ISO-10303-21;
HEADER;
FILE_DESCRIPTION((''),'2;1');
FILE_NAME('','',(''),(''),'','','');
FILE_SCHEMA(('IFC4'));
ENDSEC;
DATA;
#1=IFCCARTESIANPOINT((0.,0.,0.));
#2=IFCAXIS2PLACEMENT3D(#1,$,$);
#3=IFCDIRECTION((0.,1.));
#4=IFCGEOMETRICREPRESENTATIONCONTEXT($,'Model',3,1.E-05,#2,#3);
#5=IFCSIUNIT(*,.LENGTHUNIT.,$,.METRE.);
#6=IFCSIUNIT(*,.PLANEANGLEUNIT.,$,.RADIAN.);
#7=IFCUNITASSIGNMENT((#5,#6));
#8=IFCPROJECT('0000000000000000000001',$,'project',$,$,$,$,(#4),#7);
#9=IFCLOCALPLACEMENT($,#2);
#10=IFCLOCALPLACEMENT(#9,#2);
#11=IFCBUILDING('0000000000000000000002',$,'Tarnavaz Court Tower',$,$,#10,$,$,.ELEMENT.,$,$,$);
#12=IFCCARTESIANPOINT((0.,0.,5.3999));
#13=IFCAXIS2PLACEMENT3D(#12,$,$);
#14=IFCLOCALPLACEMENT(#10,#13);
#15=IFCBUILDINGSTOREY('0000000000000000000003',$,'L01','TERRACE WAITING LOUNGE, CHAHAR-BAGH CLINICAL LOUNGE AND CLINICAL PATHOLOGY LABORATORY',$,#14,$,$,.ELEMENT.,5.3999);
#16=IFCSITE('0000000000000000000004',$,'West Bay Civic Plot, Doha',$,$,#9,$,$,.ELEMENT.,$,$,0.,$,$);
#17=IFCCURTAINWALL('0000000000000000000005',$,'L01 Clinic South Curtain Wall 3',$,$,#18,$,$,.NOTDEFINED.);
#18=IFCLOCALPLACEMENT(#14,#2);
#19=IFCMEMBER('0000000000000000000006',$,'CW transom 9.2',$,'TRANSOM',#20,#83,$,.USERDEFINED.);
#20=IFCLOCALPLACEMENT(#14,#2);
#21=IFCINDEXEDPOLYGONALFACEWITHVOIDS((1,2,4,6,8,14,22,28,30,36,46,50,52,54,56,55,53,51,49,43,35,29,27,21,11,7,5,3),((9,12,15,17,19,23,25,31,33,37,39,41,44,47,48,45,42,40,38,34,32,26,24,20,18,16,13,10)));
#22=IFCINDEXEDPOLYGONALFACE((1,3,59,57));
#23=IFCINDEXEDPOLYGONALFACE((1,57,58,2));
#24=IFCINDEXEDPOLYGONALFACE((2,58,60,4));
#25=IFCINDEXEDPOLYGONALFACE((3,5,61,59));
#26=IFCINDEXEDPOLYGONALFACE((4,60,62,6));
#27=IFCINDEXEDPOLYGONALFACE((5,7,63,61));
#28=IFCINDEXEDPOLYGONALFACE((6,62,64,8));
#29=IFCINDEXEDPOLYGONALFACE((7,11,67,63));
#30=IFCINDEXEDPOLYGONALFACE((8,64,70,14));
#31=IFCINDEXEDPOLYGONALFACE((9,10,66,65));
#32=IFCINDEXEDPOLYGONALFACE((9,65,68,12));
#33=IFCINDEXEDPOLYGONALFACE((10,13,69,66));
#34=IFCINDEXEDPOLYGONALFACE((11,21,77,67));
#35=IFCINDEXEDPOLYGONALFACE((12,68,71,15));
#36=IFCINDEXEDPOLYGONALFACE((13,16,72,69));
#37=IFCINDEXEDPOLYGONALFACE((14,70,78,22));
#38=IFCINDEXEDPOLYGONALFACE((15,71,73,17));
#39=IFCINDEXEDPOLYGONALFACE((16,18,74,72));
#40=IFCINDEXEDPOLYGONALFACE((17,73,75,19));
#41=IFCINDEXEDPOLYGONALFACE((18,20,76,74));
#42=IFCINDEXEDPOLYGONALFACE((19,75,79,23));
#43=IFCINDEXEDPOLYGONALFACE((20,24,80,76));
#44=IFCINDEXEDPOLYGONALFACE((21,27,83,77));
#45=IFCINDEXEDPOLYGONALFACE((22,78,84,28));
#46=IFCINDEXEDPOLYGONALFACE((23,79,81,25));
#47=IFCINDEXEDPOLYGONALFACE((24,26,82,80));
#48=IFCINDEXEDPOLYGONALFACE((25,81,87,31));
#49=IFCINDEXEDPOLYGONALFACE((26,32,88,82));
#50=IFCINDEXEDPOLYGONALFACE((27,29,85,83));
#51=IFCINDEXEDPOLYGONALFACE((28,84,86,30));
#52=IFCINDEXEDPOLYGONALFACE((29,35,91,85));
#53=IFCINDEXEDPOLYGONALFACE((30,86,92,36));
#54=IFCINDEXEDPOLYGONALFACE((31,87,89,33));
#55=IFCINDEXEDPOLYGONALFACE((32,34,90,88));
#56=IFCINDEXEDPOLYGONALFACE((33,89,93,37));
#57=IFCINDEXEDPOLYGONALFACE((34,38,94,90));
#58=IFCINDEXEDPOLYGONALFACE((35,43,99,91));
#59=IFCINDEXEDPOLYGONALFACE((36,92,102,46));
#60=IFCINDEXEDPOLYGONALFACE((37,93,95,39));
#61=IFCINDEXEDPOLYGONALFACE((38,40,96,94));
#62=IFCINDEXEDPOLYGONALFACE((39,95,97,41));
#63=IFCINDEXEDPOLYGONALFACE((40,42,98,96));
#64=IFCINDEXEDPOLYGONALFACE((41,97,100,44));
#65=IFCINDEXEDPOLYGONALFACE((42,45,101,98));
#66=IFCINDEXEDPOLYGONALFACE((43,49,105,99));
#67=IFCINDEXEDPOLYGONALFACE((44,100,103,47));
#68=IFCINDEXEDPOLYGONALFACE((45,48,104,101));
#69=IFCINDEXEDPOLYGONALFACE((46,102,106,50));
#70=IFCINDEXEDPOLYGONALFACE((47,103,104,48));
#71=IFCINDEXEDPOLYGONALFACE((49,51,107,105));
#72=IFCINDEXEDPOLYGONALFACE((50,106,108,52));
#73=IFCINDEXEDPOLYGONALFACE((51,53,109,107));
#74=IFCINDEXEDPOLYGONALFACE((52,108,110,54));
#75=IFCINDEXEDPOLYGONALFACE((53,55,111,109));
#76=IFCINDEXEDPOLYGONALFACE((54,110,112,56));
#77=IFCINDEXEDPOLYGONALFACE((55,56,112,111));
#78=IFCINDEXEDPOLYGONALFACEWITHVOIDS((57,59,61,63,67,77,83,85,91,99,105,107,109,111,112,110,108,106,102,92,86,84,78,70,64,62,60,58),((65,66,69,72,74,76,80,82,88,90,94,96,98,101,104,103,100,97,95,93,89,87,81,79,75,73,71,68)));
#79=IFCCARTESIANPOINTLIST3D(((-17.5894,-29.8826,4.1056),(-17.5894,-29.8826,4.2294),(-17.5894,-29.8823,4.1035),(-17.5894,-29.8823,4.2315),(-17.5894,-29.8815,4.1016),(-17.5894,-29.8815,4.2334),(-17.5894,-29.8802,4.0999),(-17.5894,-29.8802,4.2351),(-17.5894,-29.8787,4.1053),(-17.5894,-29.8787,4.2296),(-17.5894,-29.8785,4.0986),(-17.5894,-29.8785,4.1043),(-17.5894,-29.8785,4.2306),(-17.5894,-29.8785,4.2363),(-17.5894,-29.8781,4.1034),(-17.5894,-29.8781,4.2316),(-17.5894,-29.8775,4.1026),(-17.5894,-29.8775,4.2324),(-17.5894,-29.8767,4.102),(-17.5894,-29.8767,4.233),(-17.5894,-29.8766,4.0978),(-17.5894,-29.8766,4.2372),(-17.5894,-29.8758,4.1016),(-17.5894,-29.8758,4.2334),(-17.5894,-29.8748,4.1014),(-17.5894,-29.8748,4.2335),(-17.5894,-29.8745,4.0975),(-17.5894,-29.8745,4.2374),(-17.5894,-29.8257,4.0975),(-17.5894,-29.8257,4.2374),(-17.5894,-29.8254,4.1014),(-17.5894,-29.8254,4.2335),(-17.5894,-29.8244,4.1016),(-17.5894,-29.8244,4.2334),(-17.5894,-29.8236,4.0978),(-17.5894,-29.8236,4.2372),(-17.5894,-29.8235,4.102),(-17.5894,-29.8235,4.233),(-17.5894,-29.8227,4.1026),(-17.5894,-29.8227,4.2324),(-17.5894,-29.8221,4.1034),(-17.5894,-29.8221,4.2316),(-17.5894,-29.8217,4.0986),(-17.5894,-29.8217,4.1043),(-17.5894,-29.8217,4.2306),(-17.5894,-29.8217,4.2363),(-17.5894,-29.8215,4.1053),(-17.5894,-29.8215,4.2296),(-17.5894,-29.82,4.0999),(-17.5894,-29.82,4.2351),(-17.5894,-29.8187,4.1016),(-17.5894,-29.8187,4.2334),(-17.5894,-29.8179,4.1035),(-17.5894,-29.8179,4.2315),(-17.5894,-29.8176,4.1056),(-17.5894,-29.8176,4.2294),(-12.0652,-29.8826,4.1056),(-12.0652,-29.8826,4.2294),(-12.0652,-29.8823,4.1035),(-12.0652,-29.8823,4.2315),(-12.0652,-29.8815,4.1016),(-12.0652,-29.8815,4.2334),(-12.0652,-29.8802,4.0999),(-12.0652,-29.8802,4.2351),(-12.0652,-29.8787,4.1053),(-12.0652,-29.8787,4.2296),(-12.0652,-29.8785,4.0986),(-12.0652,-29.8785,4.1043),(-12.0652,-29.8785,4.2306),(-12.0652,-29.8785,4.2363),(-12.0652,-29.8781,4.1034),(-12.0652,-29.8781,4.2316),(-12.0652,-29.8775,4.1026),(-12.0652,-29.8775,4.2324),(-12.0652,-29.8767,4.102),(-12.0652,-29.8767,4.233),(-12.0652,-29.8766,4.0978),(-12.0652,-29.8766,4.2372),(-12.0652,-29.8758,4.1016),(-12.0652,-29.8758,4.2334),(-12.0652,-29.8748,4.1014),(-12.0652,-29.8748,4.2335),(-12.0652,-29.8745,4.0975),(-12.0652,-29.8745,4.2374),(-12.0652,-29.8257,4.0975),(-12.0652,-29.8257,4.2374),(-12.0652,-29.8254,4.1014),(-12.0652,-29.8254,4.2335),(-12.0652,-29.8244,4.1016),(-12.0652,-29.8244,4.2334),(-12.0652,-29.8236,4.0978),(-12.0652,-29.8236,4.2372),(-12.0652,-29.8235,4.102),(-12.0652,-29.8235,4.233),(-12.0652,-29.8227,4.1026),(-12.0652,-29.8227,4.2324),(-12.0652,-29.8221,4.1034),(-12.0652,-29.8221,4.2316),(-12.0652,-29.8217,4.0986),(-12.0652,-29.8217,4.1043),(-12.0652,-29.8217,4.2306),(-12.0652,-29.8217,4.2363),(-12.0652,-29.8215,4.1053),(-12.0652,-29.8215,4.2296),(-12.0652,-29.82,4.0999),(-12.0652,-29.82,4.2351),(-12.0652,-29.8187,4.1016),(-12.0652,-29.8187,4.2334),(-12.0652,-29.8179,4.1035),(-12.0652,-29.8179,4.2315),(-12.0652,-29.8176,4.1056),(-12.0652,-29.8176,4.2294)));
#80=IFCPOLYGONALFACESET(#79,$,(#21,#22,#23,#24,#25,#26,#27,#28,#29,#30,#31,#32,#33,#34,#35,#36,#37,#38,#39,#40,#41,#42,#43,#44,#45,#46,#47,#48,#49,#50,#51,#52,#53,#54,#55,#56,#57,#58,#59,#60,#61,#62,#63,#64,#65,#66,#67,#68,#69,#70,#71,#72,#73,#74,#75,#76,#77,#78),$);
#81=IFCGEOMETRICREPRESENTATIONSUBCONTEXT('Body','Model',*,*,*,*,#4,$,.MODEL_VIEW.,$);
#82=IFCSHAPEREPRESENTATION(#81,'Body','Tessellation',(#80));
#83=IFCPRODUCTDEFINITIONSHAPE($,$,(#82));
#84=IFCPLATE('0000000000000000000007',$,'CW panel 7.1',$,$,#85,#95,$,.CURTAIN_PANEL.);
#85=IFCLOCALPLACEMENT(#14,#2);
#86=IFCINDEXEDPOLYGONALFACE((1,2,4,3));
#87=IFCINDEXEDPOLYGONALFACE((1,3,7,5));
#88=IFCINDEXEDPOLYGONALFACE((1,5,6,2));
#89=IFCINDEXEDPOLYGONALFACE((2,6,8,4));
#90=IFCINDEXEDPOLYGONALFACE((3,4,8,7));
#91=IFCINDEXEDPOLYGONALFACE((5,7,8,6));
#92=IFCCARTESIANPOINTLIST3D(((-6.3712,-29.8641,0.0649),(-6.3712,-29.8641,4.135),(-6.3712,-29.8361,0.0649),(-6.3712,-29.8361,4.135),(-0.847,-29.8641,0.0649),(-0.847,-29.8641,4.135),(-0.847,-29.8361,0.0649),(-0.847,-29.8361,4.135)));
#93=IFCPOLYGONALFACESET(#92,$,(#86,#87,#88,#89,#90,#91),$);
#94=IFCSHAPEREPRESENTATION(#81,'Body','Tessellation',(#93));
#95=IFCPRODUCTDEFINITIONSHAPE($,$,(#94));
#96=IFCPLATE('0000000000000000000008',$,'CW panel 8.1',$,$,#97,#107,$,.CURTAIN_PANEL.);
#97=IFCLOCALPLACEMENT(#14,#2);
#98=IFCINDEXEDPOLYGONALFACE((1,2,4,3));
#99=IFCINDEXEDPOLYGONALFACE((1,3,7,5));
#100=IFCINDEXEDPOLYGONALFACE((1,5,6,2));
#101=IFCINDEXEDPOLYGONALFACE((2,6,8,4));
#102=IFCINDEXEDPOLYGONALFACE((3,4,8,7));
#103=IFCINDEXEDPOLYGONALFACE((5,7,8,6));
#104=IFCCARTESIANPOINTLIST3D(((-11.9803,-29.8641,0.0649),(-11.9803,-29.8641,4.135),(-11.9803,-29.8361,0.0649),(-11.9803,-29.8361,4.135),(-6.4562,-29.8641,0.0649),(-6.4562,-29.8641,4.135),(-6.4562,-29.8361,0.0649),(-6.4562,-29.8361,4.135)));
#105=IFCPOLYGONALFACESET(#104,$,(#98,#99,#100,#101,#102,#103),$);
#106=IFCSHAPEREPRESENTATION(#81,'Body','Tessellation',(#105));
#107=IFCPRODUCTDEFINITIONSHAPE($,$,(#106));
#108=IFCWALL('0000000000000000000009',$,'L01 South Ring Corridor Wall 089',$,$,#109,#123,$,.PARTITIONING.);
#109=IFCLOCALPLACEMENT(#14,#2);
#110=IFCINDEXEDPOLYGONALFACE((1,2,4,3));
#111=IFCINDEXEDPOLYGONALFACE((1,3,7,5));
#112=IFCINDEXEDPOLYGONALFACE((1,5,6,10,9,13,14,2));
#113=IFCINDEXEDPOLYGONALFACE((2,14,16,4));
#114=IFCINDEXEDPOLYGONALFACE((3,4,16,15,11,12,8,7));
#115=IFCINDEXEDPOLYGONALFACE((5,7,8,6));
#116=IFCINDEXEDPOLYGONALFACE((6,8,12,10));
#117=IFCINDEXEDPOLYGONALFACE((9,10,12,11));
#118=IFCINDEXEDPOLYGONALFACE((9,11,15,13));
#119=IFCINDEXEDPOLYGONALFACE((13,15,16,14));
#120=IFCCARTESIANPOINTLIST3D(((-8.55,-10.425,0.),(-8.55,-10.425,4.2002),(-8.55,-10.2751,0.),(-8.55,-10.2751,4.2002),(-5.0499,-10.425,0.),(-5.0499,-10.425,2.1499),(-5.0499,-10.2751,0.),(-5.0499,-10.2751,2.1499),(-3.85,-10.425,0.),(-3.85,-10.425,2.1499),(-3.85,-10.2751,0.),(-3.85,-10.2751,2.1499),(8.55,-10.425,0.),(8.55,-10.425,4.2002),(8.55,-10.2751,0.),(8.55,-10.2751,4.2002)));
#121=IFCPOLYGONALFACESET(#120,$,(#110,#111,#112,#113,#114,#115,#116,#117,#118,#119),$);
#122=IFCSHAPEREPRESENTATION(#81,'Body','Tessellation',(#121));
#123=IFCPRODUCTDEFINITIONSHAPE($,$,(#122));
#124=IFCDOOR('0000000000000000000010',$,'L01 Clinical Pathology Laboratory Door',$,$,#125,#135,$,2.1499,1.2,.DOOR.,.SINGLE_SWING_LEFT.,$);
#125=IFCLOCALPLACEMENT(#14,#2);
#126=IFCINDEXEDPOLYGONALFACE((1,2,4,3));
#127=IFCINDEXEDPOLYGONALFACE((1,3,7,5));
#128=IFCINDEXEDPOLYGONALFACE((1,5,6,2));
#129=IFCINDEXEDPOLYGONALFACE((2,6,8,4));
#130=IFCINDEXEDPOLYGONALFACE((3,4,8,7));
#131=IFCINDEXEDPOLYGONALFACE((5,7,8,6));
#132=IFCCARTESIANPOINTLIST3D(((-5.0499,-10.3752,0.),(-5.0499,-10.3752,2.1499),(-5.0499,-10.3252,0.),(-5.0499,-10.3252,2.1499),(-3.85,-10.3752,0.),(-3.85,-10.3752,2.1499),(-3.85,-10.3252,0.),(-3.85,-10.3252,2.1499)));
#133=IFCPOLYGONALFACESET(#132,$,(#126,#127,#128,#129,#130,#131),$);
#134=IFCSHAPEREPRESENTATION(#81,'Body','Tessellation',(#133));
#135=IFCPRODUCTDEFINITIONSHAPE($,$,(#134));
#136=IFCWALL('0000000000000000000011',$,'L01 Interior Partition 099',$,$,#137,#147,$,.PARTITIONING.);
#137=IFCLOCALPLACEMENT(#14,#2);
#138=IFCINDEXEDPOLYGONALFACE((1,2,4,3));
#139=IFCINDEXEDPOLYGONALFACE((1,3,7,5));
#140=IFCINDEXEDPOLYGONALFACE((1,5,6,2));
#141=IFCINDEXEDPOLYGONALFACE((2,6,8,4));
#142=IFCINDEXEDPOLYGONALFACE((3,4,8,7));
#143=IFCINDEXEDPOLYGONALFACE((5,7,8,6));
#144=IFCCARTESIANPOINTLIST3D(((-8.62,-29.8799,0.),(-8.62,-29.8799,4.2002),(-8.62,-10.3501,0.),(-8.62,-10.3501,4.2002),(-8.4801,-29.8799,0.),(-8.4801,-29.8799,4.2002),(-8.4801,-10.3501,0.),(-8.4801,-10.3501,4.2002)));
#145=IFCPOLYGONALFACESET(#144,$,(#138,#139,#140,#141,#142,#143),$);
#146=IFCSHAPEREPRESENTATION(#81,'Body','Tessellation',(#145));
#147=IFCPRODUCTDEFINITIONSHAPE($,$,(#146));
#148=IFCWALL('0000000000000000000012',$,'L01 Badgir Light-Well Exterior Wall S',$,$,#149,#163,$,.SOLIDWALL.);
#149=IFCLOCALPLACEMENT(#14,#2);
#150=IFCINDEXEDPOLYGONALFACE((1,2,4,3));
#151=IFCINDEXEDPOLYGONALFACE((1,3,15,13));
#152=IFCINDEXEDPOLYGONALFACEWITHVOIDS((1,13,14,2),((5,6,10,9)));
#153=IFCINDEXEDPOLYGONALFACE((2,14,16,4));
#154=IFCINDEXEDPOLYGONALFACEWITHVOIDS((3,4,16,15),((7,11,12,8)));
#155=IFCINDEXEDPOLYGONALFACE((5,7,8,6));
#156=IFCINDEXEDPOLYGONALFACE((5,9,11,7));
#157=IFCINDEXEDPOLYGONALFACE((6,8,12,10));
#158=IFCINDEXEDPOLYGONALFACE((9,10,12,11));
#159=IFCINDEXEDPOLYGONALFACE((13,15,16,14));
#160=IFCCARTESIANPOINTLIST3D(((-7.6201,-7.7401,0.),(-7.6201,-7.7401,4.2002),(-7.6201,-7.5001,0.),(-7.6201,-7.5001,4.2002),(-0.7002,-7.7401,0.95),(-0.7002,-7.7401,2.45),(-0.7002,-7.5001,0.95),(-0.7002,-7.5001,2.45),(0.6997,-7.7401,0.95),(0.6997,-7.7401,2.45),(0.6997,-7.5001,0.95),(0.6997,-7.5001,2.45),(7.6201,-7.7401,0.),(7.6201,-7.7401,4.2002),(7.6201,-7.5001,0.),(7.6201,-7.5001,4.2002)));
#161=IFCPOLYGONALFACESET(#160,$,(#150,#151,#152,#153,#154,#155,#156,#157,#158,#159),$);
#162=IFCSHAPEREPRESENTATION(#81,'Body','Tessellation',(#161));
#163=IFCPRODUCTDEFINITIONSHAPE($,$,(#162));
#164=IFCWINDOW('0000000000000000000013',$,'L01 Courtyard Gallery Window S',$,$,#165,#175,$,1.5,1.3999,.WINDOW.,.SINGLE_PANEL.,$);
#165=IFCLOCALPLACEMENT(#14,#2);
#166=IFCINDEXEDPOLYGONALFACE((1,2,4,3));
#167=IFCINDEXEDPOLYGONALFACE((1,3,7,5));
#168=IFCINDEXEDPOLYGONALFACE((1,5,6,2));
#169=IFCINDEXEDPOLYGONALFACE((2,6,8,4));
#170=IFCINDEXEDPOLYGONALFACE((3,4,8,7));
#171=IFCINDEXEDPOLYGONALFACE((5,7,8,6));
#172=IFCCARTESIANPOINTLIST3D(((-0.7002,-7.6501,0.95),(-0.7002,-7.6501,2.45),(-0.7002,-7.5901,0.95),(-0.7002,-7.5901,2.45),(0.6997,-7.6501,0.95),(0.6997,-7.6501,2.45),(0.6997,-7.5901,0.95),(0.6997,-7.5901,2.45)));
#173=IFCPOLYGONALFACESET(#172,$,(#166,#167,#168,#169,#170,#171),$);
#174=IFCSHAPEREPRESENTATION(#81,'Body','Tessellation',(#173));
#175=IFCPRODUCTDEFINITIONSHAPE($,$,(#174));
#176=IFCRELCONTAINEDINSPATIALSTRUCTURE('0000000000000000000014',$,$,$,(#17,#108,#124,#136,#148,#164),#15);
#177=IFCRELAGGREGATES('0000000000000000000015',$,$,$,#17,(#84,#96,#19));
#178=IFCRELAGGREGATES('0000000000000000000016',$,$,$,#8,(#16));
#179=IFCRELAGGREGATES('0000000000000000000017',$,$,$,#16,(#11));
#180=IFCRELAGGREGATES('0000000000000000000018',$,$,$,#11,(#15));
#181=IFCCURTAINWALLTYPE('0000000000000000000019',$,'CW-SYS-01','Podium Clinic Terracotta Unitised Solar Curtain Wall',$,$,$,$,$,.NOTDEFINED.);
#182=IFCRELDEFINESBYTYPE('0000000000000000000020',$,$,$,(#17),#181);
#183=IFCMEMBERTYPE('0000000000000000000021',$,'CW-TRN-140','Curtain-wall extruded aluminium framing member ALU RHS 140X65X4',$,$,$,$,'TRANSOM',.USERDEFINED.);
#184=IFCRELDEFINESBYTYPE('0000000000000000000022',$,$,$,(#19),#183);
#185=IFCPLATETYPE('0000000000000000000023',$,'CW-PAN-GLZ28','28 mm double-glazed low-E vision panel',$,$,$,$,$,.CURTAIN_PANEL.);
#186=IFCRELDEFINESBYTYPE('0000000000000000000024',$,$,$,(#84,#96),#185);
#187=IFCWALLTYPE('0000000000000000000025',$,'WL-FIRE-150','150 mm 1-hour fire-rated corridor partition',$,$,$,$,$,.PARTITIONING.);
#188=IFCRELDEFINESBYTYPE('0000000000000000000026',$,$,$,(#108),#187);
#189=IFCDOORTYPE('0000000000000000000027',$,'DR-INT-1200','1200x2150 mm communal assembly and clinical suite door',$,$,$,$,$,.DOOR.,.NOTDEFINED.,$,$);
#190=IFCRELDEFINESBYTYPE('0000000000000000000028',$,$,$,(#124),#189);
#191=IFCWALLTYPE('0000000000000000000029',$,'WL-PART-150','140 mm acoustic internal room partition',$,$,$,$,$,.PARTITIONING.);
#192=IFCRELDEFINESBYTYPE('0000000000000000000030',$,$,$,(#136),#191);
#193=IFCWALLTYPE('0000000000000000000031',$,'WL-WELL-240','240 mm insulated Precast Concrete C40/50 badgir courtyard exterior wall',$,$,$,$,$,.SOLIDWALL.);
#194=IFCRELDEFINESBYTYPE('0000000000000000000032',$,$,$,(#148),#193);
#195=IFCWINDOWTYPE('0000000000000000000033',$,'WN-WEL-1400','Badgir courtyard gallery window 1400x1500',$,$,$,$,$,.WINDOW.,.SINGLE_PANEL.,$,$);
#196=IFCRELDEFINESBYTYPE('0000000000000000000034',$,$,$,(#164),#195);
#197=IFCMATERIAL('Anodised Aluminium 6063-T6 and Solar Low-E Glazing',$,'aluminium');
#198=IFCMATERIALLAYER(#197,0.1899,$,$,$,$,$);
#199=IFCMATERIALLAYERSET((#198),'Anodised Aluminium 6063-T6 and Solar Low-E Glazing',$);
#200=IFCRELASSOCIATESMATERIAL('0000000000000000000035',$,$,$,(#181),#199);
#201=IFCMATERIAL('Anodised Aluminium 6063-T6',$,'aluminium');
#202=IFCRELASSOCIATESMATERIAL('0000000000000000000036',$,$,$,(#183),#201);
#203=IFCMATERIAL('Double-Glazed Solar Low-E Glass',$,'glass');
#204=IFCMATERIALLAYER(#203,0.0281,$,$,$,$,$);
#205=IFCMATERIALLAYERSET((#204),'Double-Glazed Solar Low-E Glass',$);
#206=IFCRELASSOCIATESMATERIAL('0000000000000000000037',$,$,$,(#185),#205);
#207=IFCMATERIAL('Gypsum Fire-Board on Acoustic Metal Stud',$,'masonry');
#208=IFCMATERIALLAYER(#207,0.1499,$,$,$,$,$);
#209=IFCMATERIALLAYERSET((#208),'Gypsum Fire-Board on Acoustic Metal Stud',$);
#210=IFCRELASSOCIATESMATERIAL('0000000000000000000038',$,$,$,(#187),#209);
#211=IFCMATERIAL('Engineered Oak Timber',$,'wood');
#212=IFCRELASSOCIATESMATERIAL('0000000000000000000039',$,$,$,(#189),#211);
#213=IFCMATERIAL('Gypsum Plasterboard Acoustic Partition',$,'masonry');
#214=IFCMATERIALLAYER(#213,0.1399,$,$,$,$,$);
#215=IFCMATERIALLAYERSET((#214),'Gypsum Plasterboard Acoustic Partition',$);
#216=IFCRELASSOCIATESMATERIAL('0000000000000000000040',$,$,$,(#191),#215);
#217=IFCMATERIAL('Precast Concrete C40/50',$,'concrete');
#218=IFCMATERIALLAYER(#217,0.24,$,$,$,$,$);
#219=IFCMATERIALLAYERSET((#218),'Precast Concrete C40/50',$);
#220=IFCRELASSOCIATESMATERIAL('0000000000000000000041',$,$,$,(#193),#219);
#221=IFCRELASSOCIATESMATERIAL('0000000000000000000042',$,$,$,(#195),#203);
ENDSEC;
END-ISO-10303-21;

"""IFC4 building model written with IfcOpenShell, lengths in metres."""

from ifc_helpers import new_model, si_unit, direction, frame, frame_2d, origin, origin_2d, place, context, subcontext, project, spatial, rectangle, hollow_rectangle, extrude, material, layer, layer_set, material_profile, profile_set, type_object, element, fill, aggregate, save


model = new_model("IFC4")

# Units and contexts
model_context = context("Model", 3, precision=1e-05, world=origin(), true_north=direction((0.0, 1.0)))
body_context = subcontext(model_context, "Body", "Model", "MODEL_VIEW")
ifc_project = project(units=[si_unit("LENGTHUNIT", "METRE"), si_unit("PLANEANGLEUNIT", "RADIAN")], contexts=[model_context])

# Site, building, storey
site_placement = place(None, origin())
site = spatial("IfcSite", under=ifc_project, at=site_placement, Name="West Bay Civic Plot, Doha", CompositionType="ELEMENT", RefElevation=0.0)
building_placement = place(site_placement, origin())
building = spatial("IfcBuilding", under=site, at=building_placement, Name="Tarnavaz Court Tower", CompositionType="ELEMENT")
storey_placement = place(building_placement, frame((0.0, 0.0, 5.3999)))
storey = spatial("IfcBuildingStorey", under=building, at=storey_placement, Name="L01", Description="TERRACE WAITING LOUNGE, CHAHAR-BAGH CLINICAL LOUNGE AND CLINICAL PATHOLOGY LABORATORY", CompositionType="ELEMENT", Elevation=5.3999)

# Curtain wall, member, plates
ifc_material_1 = material(Name="Anodised Aluminium 6063-T6 and Solar Low-E Glazing", Category="aluminium")
ifc_layer_1 = layer(ifc_material_1, 0.1899)
ifc_layer_set_1 = layer_set([ifc_layer_1], Name="Anodised Aluminium 6063-T6 and Solar Low-E Glazing")
curtain_wall_type = type_object("IfcCurtainWallType", Name="CW-SYS-01", Description="Podium Clinic Terracotta Unitised Solar Curtain Wall", PredefinedType="NOTDEFINED", material=ifc_layer_set_1)
curtain_wall_placement = place(storey_placement, origin())
curtain_wall = element("IfcCurtainWall", 1, at=curtain_wall_placement, inside=storey, type_object=curtain_wall_type, Name="L01 Clinic South Curtain Wall 3", PredefinedType="NOTDEFINED")
ifc_material_2 = material(Name="Anodised Aluminium 6063-T6", Category="aluminium")
ifc_material_profile_1 = material_profile(ifc_material_2, hollow_rectangle(XDim=0.0649, YDim=0.1399, WallThickness=0.0039, InnerFilletRadius=0.0039, OuterFilletRadius=0.0081, at=origin_2d()), Name="ALU RHS 140X65X4")
ifc_profile_set_1 = profile_set([ifc_material_profile_1], Name="Anodised Aluminium 6063-T6")
member_type_1 = type_object("IfcMemberType", Name="CW-TRN-140", Description="Curtain-wall extruded aluminium framing member ALU RHS 140X65X4", ElementType="TRANSOM", PredefinedType="USERDEFINED", material=ifc_profile_set_1)
member_1_placement = place(storey_placement, frame((-12.0652, -29.8501, 4.1675), z_axis=(-1.0, 0.0, 0.0), x_axis=(0.0, -1.0, 0.0)))
member_1 = element("IfcMember", 2, at=member_1_placement, type_object=member_type_1, Name="CW transom 9.2", ObjectType="TRANSOM", PredefinedType="USERDEFINED", context=body_context, shape_type="SweptSolid", body=[
    extrude(hollow_rectangle(XDim=0.0649, YDim=0.1399, WallThickness=0.0039, InnerFilletRadius=0.0039, OuterFilletRadius=0.0081, at=origin_2d()), origin(), (0.0, 0.0, 1.0), 5.5242),
])
ifc_material_3 = material(Name="Double-Glazed Solar Low-E Glass", Category="glass")
ifc_layer_2 = layer(ifc_material_3, 0.0281)
ifc_layer_set_2 = layer_set([ifc_layer_2], Name="Double-Glazed Solar Low-E Glass")
plate_type = type_object("IfcPlateType", Name="CW-PAN-GLZ28", Description="28 mm double-glazed low-E vision panel", PredefinedType="CURTAIN_PANEL", material=ifc_layer_set_2)
plate_1_placement = place(storey_placement, frame((-3.6091, -29.8501, 0.0649), z_axis=(0.0, 0.0, 1.0), x_axis=(-1.0, 0.0, 0.0)))
plate_1 = element("IfcPlate", 3, at=plate_1_placement, type_object=plate_type, Name="CW panel 7.1", PredefinedType="CURTAIN_PANEL", context=body_context, shape_type="SweptSolid", body=[
    extrude(rectangle(XDim=5.5242, YDim=0.0281, at=origin_2d()), origin(), (0.0, 0.0, 1.0), 4.0701),
])
plate_2_placement = place(storey_placement, frame((-9.2183, -29.8501, 0.0649), z_axis=(0.0, 0.0, 1.0), x_axis=(-1.0, 0.0, 0.0)))
plate_2 = element("IfcPlate", 4, at=plate_2_placement, type_object=plate_type, Name="CW panel 8.1", PredefinedType="CURTAIN_PANEL", context=body_context, shape_type="SweptSolid", body=[
    extrude(rectangle(XDim=5.5242, YDim=0.0281, at=origin_2d()), origin(), (0.0, 0.0, 1.0), 4.0701),
])
aggregate(curtain_wall, [plate_1, plate_2, member_1])

# Wall, opening, door
ifc_material_4 = material(Name="Gypsum Fire-Board on Acoustic Metal Stud", Category="masonry")
ifc_layer_3 = layer(ifc_material_4, 0.1499)
ifc_layer_set_3 = layer_set([ifc_layer_3], Name="Gypsum Fire-Board on Acoustic Metal Stud")
wall_type_1 = type_object("IfcWallType", Name="WL-FIRE-150", Description="150 mm 1-hour fire-rated corridor partition", PredefinedType="PARTITIONING", material=ifc_layer_set_3)
wall_1_placement = place(storey_placement, frame((-8.55, -10.3501, 0.0), z_axis=(0.0, 0.0, 1.0), x_axis=(1.0, 0.0, 0.0)))
wall_1 = element("IfcWall", 5, at=wall_1_placement, inside=storey, type_object=wall_type_1, Name="L01 South Ring Corridor Wall 089", PredefinedType="PARTITIONING", context=body_context, shape_type="SweptSolid", body=[
    extrude(rectangle(XDim=17.1001, YDim=0.1499, at=frame_2d((8.55, 0.0))), origin(), (0.0, 0.0, 1.0), 4.2002),
])
opening_1_placement = place(wall_1_placement, frame((3.5, 0.0, 0.0)))
opening_1 = element("IfcOpeningElement", 6, at=opening_1_placement, cuts=wall_1, PredefinedType="OPENING", context=body_context, shape_type="SweptSolid", body=[
    extrude(rectangle(XDim=1.2, YDim=2.1499, at=frame_2d((0.6001, 1.075))), frame((0.0, 0.085, 0.0), z_axis=(0.0, -1.0, 0.0), x_axis=(1.0, 0.0, 0.0)), (0.0, 0.0, 1.0), 0.1699),
])
ifc_material_5 = material(Name="Engineered Oak Timber", Category="wood")
door_type = type_object("IfcDoorType", Name="DR-INT-1200", Description="1200x2150 mm communal assembly and clinical suite door", OperationType="NOTDEFINED", PredefinedType="DOOR", material=ifc_material_5)
door_placement = place(opening_1_placement, origin())
door = element("IfcDoor", 7, at=door_placement, inside=storey, type_object=door_type, Name="L01 Clinical Pathology Laboratory Door", OperationType="SINGLE_SWING_LEFT", OverallHeight=2.1499, OverallWidth=1.2, PredefinedType="DOOR", context=body_context, shape_type="SweptSolid", body=[
    extrude(rectangle(XDim=1.2, YDim=2.1499, at=frame_2d((0.6001, 1.075))), frame((0.0, 0.0249, 0.0), z_axis=(0.0, -1.0, 0.0), x_axis=(1.0, 0.0, 0.0)), (0.0, 0.0, 1.0), 0.05),
])
fill(opening_1, door)

# Wall
ifc_material_6 = material(Name="Gypsum Plasterboard Acoustic Partition", Category="masonry")
ifc_layer_4 = layer(ifc_material_6, 0.1399)
ifc_layer_set_4 = layer_set([ifc_layer_4], Name="Gypsum Plasterboard Acoustic Partition")
wall_type_2 = type_object("IfcWallType", Name="WL-PART-150", Description="140 mm acoustic internal room partition", PredefinedType="PARTITIONING", material=ifc_layer_set_4)
wall_2_placement = place(storey_placement, frame((-8.55, -29.8799, 0.0), z_axis=(0.0, 0.0, 1.0), x_axis=(0.0, 1.0, 0.0)))
element("IfcWall", 8, at=wall_2_placement, inside=storey, type_object=wall_type_2, Name="L01 Interior Partition 099", PredefinedType="PARTITIONING", context=body_context, shape_type="SweptSolid", body=[
    extrude(rectangle(XDim=19.5298, YDim=0.1399, at=frame_2d((9.7649, 0.0))), origin(), (0.0, 0.0, 1.0), 4.2002),
])

# Wall, opening, window
ifc_material_7 = material(Name="Precast Concrete C40/50", Category="concrete")
ifc_layer_5 = layer(ifc_material_7, 0.24)
ifc_layer_set_5 = layer_set([ifc_layer_5], Name="Precast Concrete C40/50")
wall_type_3 = type_object("IfcWallType", Name="WL-WELL-240", Description="240 mm insulated Precast Concrete C40/50 badgir courtyard exterior wall", PredefinedType="SOLIDWALL", material=ifc_layer_set_5)
wall_3_placement = place(storey_placement, frame((-7.6201, -7.6201, 0.0), z_axis=(0.0, 0.0, 1.0), x_axis=(1.0, 0.0, 0.0)))
wall_3 = element("IfcWall", 9, at=wall_3_placement, inside=storey, type_object=wall_type_3, Name="L01 Badgir Light-Well Exterior Wall S", PredefinedType="SOLIDWALL", context=body_context, shape_type="SweptSolid", body=[
    extrude(rectangle(XDim=15.2402, YDim=0.24, at=frame_2d((7.6201, 0.0))), origin(), (0.0, 0.0, 1.0), 4.2002),
])
opening_2_placement = place(wall_3_placement, frame((6.9199, 0.0, 0.95)))
opening_2 = element("IfcOpeningElement", 10, at=opening_2_placement, cuts=wall_3, PredefinedType="OPENING", context=body_context, shape_type="SweptSolid", body=[
    extrude(rectangle(XDim=1.3999, YDim=1.5, at=frame_2d((0.7, 0.75))), frame((0.0, 0.1299, 0.0), z_axis=(0.0, -1.0, 0.0), x_axis=(1.0, 0.0, 0.0)), (0.0, 0.0, 1.0), 0.26),
])
window_type = type_object("IfcWindowType", Name="WN-WEL-1400", Description="Badgir courtyard gallery window 1400x1500", PartitioningType="SINGLE_PANEL", PredefinedType="WINDOW", material=ifc_material_3)
window_placement = place(opening_2_placement, origin())
window = element("IfcWindow", 11, at=window_placement, inside=storey, type_object=window_type, Name="L01 Courtyard Gallery Window S", OverallHeight=1.5, OverallWidth=1.3999, PartitioningType="SINGLE_PANEL", PredefinedType="WINDOW", context=body_context, shape_type="SweptSolid", body=[
    extrude(rectangle(XDim=1.3999, YDim=1.5, at=frame_2d((0.7, 0.75))), frame((0.0, 0.03, 0.0), z_axis=(0.0, -1.0, 0.0), x_axis=(1.0, 0.0, 0.0)), (0.0, 0.0, 1.0), 0.0601),
])
fill(opening_2, window)

save(model, "model.ifc")
